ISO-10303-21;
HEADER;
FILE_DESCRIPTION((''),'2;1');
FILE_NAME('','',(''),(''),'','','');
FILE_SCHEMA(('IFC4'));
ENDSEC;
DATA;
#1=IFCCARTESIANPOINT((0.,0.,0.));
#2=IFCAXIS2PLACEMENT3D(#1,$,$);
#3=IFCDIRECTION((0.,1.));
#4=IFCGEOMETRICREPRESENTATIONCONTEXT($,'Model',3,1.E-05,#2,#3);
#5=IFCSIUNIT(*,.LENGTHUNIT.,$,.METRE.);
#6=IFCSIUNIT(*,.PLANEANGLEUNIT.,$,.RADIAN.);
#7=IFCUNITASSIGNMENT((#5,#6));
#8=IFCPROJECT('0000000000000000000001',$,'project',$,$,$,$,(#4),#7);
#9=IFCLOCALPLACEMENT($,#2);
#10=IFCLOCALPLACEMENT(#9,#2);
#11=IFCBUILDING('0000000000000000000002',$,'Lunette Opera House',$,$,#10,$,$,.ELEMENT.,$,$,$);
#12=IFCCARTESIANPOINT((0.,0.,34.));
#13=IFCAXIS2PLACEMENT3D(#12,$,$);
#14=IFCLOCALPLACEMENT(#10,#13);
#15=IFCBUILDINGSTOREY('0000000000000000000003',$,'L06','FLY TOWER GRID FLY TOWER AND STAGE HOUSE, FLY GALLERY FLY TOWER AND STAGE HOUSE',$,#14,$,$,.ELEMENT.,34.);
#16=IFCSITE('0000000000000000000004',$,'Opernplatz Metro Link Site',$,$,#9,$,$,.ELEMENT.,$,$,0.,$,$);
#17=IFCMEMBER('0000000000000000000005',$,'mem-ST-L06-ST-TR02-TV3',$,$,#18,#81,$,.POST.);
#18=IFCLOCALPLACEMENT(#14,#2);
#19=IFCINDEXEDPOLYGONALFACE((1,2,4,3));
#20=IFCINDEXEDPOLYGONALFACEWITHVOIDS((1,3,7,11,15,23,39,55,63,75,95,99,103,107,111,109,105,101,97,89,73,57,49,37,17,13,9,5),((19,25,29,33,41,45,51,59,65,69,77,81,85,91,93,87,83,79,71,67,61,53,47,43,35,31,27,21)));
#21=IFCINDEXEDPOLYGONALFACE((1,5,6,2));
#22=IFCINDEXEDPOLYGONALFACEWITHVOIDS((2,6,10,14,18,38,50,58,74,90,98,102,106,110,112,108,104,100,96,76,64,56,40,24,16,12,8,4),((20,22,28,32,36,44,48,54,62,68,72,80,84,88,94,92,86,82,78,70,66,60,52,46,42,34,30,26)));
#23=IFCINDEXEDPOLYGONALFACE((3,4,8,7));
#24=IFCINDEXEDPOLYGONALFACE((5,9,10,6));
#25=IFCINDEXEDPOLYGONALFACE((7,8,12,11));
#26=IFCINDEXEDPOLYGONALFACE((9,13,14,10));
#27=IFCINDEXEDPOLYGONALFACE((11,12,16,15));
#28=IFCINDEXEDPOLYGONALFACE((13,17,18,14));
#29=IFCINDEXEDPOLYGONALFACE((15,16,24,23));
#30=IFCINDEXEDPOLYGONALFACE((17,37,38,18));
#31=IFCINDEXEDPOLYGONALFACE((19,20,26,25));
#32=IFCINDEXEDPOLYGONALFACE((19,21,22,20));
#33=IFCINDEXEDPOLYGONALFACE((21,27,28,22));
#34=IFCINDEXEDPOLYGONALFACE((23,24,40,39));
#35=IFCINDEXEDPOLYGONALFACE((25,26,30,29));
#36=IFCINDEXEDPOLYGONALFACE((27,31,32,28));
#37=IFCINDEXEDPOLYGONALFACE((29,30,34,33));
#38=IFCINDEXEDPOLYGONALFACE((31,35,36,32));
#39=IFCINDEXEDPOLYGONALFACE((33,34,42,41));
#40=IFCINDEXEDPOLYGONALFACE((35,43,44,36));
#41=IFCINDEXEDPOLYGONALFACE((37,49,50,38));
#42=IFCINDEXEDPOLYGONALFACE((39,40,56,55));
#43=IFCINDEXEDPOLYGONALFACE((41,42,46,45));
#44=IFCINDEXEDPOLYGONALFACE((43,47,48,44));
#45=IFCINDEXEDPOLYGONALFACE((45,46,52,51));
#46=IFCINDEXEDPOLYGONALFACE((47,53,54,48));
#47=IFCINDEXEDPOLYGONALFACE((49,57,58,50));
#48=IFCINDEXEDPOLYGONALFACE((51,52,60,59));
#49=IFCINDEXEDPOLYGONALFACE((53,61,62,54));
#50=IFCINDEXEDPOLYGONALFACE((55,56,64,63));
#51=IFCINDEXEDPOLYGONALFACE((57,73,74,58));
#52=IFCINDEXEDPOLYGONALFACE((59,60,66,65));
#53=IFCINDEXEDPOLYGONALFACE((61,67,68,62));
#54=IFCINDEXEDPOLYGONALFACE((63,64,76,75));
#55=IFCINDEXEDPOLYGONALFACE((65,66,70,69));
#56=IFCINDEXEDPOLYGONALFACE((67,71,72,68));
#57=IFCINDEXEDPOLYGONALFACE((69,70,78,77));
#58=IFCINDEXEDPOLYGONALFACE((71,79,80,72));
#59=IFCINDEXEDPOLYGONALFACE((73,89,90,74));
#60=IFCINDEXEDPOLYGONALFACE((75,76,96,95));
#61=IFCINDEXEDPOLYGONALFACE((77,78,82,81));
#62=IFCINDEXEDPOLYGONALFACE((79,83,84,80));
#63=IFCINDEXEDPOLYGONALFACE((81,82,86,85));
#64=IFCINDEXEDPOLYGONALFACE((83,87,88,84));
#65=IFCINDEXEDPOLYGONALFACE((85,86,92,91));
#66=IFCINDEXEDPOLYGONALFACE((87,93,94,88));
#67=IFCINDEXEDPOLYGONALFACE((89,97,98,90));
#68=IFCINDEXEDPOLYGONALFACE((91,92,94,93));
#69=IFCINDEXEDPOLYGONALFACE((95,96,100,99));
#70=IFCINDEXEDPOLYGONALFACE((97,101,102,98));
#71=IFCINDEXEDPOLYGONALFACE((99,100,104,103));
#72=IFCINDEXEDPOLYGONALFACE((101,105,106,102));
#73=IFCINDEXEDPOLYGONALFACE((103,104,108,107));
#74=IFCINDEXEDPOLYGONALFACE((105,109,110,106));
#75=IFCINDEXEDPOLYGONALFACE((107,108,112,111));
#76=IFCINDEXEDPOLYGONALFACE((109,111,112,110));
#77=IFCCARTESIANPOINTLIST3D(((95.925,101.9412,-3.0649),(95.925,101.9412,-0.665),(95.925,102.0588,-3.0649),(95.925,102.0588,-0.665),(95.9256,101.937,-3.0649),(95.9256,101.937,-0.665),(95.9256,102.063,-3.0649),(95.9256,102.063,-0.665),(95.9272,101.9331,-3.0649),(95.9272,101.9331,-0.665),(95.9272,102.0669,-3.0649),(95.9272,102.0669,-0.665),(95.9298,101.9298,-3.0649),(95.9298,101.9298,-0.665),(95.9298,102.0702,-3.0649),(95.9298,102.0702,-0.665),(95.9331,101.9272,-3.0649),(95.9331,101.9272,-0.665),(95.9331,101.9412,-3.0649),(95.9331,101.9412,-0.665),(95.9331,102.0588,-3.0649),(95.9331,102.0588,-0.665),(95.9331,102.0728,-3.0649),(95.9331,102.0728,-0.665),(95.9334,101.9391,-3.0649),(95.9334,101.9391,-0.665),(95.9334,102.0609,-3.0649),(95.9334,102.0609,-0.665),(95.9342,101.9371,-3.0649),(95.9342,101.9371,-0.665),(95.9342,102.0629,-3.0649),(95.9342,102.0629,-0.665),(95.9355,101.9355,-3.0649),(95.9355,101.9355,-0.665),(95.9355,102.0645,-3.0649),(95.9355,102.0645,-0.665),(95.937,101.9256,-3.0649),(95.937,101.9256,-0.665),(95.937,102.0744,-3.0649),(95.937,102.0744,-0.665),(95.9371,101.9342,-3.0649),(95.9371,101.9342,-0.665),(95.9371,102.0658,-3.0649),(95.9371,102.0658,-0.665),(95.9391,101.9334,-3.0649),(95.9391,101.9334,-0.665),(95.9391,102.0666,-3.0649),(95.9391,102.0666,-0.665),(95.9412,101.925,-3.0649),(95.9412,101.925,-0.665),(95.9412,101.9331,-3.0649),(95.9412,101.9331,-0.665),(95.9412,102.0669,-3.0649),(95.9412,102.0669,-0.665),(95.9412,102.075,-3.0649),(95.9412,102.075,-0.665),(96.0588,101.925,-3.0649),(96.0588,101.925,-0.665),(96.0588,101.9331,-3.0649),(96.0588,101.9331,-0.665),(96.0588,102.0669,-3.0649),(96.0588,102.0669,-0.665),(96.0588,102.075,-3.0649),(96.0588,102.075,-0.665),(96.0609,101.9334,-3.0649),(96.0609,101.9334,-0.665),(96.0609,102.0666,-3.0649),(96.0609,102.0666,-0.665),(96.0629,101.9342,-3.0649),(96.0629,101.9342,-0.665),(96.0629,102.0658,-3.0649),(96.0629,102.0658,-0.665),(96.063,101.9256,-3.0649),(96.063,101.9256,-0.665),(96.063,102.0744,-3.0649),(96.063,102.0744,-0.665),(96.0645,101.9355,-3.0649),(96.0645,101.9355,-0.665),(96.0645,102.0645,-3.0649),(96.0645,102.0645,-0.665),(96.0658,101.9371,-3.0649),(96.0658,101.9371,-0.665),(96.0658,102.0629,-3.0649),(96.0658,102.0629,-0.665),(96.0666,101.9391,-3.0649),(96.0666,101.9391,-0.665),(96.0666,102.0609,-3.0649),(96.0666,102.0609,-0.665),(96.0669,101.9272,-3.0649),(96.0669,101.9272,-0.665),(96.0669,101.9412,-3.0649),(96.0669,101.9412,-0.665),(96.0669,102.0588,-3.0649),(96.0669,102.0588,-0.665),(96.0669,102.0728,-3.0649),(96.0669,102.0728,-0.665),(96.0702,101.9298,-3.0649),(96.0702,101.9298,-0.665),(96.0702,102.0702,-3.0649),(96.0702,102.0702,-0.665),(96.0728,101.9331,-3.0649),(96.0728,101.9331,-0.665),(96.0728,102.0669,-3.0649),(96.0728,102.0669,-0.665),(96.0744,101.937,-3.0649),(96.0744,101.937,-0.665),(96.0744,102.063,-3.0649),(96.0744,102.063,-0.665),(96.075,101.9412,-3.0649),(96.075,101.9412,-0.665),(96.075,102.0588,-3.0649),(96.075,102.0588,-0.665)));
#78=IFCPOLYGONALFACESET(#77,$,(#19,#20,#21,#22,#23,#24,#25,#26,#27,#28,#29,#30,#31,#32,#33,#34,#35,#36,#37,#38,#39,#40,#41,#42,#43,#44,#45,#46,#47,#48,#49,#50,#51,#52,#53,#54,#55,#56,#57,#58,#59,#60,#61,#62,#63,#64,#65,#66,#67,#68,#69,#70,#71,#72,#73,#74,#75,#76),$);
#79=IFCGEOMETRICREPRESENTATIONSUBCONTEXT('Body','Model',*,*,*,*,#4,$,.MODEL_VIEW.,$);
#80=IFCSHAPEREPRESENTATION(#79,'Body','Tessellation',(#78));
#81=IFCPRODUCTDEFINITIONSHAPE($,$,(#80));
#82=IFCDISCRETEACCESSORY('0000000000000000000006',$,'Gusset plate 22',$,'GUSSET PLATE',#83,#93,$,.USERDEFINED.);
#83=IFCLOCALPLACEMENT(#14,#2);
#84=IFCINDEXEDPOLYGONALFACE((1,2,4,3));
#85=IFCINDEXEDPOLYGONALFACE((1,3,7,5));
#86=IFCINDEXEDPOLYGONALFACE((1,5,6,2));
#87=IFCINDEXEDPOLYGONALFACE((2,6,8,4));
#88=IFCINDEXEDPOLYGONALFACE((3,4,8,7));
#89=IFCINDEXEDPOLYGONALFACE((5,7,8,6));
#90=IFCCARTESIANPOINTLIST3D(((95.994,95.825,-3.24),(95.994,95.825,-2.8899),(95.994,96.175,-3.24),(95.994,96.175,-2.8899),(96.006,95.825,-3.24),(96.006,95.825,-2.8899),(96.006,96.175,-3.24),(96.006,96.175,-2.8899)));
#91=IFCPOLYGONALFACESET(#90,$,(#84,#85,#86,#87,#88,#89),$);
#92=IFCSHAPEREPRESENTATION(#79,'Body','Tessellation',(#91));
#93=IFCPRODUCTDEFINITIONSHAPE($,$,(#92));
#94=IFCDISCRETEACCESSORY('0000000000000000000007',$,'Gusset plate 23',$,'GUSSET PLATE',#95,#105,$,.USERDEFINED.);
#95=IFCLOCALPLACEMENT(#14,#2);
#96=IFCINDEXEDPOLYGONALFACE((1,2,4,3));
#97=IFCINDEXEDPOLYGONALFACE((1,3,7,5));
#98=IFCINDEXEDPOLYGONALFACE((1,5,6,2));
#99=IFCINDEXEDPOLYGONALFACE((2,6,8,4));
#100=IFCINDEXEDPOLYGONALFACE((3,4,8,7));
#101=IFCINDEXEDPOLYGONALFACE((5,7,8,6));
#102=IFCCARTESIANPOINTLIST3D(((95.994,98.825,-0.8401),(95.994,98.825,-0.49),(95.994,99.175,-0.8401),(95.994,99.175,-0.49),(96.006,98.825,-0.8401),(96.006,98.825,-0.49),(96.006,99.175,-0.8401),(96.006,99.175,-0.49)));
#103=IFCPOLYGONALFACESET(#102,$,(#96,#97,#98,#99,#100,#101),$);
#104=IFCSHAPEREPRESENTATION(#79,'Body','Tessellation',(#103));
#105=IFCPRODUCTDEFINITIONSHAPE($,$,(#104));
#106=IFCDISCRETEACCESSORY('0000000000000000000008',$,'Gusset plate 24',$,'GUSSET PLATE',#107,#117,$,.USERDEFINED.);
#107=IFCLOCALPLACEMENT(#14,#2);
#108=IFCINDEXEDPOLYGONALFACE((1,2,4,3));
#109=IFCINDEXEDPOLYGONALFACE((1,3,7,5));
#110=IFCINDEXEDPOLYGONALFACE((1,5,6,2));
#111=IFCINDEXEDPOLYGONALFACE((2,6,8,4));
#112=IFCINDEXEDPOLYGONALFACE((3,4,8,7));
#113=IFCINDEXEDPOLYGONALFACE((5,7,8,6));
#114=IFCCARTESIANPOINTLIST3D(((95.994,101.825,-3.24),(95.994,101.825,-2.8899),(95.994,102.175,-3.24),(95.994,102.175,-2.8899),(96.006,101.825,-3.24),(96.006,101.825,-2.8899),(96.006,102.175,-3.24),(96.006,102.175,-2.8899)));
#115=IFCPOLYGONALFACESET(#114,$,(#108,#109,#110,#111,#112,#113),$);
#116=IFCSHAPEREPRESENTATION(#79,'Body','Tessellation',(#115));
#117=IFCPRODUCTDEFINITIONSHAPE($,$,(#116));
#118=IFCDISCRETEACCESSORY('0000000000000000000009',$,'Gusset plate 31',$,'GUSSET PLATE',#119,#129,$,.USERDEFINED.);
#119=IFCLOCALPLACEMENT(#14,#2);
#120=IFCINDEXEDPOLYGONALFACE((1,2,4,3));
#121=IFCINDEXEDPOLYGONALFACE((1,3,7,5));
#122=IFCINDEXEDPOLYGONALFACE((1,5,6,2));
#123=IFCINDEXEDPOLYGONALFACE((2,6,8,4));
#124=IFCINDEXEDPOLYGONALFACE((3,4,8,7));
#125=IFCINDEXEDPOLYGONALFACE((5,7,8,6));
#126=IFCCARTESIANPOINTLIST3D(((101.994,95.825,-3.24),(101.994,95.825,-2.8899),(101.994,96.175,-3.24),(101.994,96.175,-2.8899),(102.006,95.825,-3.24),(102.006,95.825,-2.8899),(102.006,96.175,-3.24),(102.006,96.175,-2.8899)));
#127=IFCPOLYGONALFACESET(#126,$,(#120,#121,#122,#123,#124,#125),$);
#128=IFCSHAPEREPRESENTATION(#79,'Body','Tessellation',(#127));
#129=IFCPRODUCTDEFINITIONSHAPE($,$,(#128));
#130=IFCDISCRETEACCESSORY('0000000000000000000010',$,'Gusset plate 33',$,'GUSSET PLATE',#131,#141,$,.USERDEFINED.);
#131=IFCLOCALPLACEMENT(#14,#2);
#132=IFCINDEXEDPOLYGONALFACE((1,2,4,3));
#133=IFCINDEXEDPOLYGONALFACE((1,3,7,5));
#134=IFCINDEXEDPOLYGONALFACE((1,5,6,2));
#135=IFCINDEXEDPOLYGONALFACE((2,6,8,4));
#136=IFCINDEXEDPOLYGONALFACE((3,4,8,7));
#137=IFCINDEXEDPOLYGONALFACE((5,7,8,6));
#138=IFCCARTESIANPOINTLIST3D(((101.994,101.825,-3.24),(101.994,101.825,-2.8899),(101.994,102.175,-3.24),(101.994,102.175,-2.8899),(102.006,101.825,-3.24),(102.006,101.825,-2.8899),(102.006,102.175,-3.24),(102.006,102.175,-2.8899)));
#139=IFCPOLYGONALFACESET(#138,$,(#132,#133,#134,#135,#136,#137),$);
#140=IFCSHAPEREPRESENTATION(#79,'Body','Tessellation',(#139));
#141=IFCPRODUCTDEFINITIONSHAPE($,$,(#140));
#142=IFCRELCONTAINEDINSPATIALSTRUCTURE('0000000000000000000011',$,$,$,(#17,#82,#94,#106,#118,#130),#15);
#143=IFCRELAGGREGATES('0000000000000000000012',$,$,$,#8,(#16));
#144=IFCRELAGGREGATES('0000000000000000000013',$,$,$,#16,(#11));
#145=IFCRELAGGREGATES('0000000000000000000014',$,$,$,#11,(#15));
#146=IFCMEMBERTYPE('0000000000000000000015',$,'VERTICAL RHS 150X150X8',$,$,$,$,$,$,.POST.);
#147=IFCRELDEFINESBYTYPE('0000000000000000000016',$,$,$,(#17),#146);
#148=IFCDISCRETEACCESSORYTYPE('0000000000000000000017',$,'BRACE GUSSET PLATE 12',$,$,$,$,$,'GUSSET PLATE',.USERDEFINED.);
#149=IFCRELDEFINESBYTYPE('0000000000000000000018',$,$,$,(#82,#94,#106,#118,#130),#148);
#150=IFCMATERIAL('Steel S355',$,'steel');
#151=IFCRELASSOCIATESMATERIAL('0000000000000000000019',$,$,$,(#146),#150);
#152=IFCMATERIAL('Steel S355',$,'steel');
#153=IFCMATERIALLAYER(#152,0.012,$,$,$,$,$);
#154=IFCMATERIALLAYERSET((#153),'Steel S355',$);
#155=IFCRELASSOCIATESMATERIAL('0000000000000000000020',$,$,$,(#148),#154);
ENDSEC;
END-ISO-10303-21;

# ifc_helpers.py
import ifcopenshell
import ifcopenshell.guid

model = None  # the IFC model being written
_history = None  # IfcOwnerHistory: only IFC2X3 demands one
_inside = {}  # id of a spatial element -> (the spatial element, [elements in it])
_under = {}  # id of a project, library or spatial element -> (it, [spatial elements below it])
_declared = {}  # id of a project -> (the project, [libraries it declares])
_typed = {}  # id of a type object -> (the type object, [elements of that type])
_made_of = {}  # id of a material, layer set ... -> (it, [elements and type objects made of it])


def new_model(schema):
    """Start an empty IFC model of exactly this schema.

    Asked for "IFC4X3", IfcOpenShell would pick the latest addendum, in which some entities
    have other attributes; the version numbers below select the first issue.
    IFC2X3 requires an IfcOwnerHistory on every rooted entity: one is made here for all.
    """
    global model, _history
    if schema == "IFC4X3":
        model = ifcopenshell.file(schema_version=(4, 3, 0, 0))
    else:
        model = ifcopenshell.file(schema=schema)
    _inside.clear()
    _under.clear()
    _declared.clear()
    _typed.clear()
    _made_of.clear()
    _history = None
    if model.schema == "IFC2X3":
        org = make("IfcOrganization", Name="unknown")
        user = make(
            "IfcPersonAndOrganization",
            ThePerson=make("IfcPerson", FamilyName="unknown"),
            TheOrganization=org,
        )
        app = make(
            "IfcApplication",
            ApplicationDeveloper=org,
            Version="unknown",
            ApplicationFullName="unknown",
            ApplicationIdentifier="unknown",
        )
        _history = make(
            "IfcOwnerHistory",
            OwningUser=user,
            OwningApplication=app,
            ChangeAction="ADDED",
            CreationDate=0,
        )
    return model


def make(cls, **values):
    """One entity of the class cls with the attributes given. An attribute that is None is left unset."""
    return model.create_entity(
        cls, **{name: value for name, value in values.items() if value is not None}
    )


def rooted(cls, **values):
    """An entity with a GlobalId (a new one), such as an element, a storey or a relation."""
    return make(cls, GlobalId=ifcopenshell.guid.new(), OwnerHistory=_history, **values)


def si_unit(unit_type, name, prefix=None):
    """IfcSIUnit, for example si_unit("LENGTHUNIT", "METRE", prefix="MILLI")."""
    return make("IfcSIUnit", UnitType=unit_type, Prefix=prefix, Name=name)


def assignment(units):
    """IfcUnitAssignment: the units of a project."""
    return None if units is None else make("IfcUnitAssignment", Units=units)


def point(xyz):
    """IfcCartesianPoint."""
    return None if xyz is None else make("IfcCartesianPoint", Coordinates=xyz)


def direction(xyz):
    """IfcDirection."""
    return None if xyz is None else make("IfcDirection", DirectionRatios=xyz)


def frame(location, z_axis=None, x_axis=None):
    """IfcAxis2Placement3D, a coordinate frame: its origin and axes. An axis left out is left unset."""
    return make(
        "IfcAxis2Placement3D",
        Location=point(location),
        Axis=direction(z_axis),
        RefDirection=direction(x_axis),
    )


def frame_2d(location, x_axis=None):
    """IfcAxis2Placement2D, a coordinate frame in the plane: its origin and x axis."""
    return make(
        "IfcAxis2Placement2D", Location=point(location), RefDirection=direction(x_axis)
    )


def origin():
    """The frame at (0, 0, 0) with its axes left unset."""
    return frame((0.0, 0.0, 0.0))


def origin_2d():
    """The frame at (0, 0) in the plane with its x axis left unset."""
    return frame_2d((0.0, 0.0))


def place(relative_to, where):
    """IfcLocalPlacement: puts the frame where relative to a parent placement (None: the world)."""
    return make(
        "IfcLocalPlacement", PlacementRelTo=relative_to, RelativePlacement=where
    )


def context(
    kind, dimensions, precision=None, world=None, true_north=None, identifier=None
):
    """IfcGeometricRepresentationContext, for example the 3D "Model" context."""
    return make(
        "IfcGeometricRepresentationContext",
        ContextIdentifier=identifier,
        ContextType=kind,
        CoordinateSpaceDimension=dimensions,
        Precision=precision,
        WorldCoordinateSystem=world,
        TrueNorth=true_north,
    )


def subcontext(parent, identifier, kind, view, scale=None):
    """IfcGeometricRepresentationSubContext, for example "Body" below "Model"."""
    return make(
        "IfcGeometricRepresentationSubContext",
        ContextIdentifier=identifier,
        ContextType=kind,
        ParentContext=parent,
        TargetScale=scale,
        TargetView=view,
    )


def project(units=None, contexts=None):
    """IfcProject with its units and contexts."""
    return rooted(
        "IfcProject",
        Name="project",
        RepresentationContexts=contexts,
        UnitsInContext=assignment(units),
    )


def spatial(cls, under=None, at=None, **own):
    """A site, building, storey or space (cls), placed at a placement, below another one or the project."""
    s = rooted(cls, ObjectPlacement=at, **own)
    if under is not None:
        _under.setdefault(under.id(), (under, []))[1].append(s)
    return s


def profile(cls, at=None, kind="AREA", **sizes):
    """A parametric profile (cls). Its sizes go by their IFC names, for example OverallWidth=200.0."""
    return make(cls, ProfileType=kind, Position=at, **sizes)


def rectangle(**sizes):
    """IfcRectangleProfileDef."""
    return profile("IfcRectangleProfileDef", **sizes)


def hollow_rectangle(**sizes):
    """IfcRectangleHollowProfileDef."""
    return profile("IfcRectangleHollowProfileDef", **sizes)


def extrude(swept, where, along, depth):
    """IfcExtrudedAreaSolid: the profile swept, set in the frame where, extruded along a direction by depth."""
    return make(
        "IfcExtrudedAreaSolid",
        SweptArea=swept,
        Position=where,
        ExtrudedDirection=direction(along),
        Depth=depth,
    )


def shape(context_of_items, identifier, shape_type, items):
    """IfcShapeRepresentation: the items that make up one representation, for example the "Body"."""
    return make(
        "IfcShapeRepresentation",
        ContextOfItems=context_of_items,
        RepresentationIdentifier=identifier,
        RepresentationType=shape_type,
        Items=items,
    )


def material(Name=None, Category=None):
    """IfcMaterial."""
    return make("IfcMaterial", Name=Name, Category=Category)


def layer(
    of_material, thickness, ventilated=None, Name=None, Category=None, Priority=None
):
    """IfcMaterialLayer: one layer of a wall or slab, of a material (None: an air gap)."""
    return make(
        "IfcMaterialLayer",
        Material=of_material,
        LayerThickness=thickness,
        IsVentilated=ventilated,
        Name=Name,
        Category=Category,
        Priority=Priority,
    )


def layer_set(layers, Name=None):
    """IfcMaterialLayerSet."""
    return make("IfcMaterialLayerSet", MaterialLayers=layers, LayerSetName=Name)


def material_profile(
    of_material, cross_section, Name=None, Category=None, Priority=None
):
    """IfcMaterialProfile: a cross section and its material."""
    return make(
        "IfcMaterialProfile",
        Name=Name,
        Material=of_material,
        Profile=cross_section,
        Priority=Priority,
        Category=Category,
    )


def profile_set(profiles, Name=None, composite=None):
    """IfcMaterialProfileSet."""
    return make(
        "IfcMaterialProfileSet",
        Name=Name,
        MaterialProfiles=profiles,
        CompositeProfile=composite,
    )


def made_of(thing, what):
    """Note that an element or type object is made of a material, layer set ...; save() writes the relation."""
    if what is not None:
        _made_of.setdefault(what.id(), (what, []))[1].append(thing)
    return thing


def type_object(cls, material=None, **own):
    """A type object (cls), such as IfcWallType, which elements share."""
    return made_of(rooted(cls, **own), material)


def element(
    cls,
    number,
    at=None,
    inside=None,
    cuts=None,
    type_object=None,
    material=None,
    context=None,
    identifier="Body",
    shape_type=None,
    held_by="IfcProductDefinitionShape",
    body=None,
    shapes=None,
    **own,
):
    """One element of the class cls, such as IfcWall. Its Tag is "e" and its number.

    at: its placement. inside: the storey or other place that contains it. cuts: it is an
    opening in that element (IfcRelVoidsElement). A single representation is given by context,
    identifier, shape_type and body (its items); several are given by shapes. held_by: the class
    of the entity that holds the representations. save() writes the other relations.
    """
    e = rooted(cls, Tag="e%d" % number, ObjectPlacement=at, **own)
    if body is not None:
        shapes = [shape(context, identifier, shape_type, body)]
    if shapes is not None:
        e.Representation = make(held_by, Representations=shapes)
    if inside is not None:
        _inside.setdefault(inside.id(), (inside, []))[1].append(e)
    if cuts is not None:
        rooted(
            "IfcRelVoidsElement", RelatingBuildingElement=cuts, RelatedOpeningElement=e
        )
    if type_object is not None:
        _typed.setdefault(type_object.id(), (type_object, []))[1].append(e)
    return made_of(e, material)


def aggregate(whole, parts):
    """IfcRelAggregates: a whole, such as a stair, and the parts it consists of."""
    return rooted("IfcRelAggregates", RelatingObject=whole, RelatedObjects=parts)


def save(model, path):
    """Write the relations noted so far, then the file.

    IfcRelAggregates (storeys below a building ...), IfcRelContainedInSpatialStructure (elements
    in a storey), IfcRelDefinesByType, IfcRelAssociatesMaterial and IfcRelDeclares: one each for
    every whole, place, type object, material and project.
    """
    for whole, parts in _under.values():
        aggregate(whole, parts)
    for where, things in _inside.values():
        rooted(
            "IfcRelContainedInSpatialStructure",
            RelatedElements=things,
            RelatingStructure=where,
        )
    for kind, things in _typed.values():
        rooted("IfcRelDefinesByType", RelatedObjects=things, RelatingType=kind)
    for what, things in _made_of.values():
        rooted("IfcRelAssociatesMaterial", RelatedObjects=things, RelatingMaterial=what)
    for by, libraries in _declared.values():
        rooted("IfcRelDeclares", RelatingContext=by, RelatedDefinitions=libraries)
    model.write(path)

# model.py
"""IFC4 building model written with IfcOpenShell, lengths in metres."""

from ifc_helpers import new_model, si_unit, direction, frame, origin, origin_2d, place, context, subcontext, project, spatial, rectangle, hollow_rectangle, extrude, material, layer, layer_set, material_profile, profile_set, type_object, element, save


model = new_model("IFC4")

# Units and contexts
model_context = context("Model", 3, precision=1e-05, world=origin(), true_north=direction((0.0, 1.0)))
body_context = subcontext(model_context, "Body", "Model", "MODEL_VIEW")
ifc_project = project(units=[si_unit("LENGTHUNIT", "METRE"), si_unit("PLANEANGLEUNIT", "RADIAN")], contexts=[model_context])

# Site, building, storey
site_placement = place(None, origin())
site = spatial("IfcSite", under=ifc_project, at=site_placement, Name="Opernplatz Metro Link Site", CompositionType="ELEMENT", RefElevation=0.0)
building_placement = place(site_placement, origin())
building = spatial("IfcBuilding", under=site, at=building_placement, Name="Lunette Opera House", CompositionType="ELEMENT")
storey_placement = place(building_placement, frame((0.0, 0.0, 34.0)))
storey = spatial("IfcBuildingStorey", under=building, at=storey_placement, Name="L06", Description="FLY TOWER GRID FLY TOWER AND STAGE HOUSE, FLY GALLERY FLY TOWER AND STAGE HOUSE", CompositionType="ELEMENT", Elevation=34.0)

# Member
ifc_material_1 = material(Name="Steel S355", Category="steel")
ifc_material_profile_1 = material_profile(ifc_material_1, hollow_rectangle(XDim=0.1499, YDim=0.1499, WallThickness=0.0081, InnerFilletRadius=0.0081, OuterFilletRadius=0.0161, at=origin_2d()), Name="RHS 150X150X8")
ifc_profile_set_1 = profile_set([ifc_material_profile_1], Name="Steel S355")
member_type_1 = type_object("IfcMemberType", Name="VERTICAL RHS 150X150X8", PredefinedType="POST", material=ifc_profile_set_1)
for number, where, z_axis, x_axis, name in (
    (1, (96.0, 102.0, -3.0649), (0.0, 0.0, 1.0), (1.0, 0.0, 0.0), "mem-ST-L06-ST-TR02-TV3"),
):
    element("IfcMember", number, at=place(storey_placement, frame(where, z_axis=z_axis, x_axis=x_axis)), inside=storey, type_object=member_type_1, Name=name, PredefinedType="POST", context=body_context, shape_type="SweptSolid", body=[
        extrude(hollow_rectangle(XDim=0.1499, YDim=0.1499, WallThickness=0.0081, InnerFilletRadius=0.0081, OuterFilletRadius=0.0161, at=origin_2d()), origin(), (0.0, 0.0, 1.0), 2.3999),
    ])

# Discrete accessories
ifc_material_2 = material(Name="Steel S355", Category="steel")
ifc_layer = layer(ifc_material_2, 0.012)
ifc_layer_set = layer_set([ifc_layer], Name="Steel S355")
discrete_accessory_type = type_object("IfcDiscreteAccessoryType", Name="BRACE GUSSET PLATE 12", ElementType="GUSSET PLATE", PredefinedType="USERDEFINED", material=ifc_layer_set)
for number, where, z_axis, x_axis, name in (
    (2, (96.0, 96.0, -3.24), (0.0, 0.0, 1.0), (0.0, 1.0, 0.0), "Gusset plate 22"),
    (3, (96.0, 99.0, -0.8401), (0.0, 0.0, 1.0), (0.0, 1.0, 0.0), "Gusset plate 23"),
    (4, (96.0, 102.0, -3.24), (0.0, 0.0, 1.0), (0.0, 1.0, 0.0), "Gusset plate 24"),
    (5, (102.0, 96.0, -3.24), (0.0, 0.0, 1.0), (0.0, 1.0, 0.0), "Gusset plate 31"),
    (6, (102.0, 102.0, -3.24), (0.0, 0.0, 1.0), (0.0, 1.0, 0.0), "Gusset plate 33"),
):
    element("IfcDiscreteAccessory", number, at=place(storey_placement, frame(where, z_axis=z_axis, x_axis=x_axis)), inside=storey, type_object=discrete_accessory_type, Name=name, ObjectType="GUSSET PLATE", PredefinedType="USERDEFINED", context=body_context, shape_type="SweptSolid", body=[
        extrude(rectangle(XDim=0.3501, YDim=0.012, at=origin_2d()), origin(), (0.0, 0.0, 1.0), 0.3501),
    ])

save(model, "model.ifc")
